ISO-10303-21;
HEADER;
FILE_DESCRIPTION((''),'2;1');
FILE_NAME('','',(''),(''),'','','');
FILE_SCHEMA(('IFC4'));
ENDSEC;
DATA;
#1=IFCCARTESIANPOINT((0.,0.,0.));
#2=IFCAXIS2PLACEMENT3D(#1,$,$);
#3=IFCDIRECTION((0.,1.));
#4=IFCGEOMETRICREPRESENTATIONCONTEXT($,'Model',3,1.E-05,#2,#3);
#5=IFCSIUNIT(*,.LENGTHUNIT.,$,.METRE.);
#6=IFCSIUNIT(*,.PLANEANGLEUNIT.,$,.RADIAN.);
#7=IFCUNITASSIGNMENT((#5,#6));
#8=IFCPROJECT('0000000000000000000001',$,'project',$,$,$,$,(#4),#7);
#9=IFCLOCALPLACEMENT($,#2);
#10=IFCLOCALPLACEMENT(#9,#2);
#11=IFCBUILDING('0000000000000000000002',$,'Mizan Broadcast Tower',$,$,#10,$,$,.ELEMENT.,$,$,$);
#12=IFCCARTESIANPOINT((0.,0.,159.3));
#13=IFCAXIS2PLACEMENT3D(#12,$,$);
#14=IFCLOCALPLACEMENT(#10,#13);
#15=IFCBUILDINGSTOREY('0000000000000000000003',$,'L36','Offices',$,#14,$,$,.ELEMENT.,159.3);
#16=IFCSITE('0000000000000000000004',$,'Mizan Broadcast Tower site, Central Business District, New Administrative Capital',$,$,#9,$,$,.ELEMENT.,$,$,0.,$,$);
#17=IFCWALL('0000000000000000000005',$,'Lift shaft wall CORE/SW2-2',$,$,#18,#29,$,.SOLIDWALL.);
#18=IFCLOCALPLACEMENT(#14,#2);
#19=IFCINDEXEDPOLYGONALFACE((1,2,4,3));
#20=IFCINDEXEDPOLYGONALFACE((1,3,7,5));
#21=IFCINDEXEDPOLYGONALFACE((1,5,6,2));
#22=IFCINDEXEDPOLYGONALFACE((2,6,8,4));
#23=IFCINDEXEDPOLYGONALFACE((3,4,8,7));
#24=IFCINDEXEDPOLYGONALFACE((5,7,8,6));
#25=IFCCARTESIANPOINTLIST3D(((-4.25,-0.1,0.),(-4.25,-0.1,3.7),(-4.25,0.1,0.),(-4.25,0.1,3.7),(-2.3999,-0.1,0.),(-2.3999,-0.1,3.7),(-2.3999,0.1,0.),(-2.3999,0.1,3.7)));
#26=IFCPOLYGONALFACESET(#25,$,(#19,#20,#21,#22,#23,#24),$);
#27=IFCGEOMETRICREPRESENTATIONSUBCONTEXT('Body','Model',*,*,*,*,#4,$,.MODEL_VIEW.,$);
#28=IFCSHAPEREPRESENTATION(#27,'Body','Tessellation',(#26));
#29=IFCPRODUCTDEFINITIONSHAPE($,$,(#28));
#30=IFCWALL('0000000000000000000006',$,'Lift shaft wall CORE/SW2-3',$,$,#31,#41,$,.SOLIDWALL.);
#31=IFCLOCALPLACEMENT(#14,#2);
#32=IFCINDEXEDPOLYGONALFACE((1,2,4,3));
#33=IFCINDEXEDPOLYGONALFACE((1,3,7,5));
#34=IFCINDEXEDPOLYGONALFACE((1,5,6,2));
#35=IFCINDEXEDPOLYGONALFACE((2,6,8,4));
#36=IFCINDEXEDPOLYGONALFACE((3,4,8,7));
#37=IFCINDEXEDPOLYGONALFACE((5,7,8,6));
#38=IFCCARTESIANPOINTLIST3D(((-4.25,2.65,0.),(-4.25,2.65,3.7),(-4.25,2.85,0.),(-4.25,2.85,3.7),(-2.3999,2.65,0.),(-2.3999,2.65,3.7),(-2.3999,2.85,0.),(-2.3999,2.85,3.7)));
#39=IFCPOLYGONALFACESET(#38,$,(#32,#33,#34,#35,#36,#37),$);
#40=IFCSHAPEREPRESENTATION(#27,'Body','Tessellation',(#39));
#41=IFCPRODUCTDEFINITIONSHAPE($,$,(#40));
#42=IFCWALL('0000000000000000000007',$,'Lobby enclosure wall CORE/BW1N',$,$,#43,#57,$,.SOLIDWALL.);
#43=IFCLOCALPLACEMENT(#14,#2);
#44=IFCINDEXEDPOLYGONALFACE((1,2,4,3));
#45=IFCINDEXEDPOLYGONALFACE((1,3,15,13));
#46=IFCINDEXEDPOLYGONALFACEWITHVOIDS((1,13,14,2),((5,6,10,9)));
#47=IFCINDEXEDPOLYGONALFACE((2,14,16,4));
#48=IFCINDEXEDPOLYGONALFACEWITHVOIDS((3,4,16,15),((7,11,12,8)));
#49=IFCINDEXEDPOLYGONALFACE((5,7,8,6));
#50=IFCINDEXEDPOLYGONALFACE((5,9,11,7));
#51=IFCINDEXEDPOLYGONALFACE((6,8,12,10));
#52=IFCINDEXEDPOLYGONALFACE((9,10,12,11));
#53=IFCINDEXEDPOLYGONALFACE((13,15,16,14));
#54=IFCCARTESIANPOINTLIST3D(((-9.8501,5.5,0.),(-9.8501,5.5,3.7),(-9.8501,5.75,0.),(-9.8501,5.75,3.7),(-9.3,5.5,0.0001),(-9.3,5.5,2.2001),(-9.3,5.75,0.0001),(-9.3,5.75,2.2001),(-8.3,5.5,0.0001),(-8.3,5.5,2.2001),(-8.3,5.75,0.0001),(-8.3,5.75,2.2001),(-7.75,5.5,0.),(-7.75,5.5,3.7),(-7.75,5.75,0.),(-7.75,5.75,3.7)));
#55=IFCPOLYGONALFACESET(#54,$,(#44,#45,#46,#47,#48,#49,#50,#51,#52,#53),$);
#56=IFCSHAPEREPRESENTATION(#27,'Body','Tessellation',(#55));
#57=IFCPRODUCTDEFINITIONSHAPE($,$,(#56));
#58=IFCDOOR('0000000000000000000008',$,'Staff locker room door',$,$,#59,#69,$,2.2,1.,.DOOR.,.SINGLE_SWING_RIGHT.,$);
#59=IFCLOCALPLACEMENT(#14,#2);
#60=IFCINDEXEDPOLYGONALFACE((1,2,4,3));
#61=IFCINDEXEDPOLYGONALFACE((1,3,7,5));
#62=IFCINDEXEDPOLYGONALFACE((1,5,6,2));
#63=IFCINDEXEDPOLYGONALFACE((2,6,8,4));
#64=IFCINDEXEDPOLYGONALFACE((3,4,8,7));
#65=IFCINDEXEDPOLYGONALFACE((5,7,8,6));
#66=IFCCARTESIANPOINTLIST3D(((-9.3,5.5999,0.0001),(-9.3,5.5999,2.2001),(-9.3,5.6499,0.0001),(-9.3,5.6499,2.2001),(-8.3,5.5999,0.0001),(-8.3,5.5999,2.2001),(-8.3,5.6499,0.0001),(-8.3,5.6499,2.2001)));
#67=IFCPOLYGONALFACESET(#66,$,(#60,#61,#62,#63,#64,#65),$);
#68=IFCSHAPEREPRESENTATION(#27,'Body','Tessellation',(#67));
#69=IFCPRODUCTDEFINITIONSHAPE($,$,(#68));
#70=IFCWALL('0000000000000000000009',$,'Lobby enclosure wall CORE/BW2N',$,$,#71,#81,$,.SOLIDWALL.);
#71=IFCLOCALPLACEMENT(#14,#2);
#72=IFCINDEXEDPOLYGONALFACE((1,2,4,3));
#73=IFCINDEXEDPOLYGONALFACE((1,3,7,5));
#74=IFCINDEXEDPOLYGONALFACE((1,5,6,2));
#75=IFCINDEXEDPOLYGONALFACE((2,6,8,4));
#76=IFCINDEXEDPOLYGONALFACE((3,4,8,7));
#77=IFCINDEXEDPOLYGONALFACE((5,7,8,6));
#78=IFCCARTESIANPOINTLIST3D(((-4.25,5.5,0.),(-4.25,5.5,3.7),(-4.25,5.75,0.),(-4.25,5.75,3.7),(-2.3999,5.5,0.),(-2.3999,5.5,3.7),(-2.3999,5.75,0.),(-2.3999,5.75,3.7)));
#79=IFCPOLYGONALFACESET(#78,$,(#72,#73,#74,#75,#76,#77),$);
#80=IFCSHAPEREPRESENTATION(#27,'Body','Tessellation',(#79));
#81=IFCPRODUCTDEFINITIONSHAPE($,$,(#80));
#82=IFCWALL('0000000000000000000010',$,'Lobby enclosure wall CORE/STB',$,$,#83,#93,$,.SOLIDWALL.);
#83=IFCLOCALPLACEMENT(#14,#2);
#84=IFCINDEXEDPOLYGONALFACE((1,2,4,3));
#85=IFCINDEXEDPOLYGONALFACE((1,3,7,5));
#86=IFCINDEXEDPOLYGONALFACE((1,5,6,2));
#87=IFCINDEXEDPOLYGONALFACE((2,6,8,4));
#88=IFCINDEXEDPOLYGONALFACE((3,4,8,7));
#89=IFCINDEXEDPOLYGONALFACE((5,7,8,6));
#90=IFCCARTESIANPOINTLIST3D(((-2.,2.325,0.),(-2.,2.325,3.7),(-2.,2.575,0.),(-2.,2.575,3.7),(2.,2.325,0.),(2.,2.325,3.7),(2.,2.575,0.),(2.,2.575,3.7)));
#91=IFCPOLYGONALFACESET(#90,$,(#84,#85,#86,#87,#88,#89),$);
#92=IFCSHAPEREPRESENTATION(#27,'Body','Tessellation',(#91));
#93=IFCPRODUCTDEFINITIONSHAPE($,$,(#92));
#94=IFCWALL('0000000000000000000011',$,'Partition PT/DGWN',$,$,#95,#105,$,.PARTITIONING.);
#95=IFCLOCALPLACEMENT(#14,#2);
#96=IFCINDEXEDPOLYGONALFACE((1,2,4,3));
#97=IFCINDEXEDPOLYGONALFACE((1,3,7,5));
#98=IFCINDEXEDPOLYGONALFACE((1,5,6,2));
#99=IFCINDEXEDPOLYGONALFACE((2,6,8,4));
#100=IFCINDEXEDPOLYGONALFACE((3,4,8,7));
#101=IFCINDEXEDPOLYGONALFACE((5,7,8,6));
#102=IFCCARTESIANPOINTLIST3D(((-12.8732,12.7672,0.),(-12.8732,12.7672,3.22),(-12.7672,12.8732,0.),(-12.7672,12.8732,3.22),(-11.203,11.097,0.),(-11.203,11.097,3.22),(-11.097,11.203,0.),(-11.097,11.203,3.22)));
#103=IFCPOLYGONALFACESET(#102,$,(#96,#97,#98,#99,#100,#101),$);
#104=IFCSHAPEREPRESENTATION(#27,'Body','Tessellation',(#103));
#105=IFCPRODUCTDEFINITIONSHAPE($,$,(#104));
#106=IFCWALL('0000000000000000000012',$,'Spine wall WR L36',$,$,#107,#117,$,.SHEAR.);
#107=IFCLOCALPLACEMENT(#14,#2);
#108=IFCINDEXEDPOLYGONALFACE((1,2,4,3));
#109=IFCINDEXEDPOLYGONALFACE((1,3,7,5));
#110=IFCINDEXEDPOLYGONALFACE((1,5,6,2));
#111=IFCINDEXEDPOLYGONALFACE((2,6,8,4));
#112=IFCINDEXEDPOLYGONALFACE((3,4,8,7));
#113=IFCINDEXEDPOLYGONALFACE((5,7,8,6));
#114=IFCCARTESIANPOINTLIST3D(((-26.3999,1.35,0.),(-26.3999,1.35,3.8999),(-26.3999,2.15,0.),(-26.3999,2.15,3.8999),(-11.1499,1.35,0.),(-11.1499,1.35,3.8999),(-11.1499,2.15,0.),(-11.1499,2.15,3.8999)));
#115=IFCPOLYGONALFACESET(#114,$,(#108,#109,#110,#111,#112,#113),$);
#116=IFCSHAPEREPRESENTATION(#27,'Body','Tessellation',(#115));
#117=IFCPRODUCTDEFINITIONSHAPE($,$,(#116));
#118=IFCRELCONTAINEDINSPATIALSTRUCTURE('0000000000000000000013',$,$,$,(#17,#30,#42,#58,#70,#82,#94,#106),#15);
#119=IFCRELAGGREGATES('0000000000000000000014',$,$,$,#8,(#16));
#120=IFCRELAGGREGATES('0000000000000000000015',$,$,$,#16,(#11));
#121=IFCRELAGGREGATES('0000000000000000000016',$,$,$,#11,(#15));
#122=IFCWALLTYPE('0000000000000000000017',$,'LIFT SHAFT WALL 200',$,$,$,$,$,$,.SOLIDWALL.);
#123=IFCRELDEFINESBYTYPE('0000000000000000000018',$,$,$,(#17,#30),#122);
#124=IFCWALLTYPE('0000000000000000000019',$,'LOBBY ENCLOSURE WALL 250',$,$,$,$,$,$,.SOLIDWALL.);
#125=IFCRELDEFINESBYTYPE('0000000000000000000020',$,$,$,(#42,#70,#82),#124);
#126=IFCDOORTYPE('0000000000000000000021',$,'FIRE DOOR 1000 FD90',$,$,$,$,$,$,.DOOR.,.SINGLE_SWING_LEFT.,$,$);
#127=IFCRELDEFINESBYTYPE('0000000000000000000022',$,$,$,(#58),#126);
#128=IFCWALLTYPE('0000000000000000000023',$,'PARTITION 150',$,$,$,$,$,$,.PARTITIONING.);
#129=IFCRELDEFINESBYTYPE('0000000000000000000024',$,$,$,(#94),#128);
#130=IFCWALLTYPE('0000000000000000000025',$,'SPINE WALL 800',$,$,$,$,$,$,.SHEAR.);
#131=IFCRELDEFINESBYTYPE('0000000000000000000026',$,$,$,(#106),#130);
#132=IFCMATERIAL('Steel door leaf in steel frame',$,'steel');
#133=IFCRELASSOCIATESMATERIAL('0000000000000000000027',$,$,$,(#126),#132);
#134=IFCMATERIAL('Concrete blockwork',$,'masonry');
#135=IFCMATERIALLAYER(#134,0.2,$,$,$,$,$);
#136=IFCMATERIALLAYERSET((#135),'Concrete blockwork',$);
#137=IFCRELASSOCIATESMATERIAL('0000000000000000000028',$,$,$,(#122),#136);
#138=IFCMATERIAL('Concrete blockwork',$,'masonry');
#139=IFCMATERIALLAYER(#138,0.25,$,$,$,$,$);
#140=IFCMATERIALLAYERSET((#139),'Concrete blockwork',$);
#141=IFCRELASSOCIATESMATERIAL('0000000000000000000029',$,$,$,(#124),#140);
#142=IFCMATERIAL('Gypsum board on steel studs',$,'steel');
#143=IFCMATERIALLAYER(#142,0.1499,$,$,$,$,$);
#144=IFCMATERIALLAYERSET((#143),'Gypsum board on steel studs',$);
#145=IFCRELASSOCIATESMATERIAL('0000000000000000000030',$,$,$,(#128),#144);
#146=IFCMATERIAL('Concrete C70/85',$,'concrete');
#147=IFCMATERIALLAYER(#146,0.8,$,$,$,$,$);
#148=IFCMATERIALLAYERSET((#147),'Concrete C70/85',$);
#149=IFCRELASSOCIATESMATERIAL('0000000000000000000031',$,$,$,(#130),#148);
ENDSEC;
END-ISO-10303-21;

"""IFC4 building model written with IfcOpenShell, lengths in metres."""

from ifc_helpers import new_model, si_unit, direction, frame, frame_2d, origin, place, context, subcontext, project, spatial, rectangle, extrude, material, layer, layer_set, type_object, element, fill, save


model = new_model("IFC4")

# Units and contexts
model_context = context("Model", 3, precision=1e-05, world=origin(), true_north=direction((0.0, 1.0)))
body_context = subcontext(model_context, "Body", "Model", "MODEL_VIEW")
ifc_project = project(units=[si_unit("LENGTHUNIT", "METRE"), si_unit("PLANEANGLEUNIT", "RADIAN")], contexts=[model_context])

# Site, building, storey
site_placement = place(None, origin())
site = spatial("IfcSite", under=ifc_project, at=site_placement, Name="Mizan Broadcast Tower site, Central Business District, New Administrative Capital", CompositionType="ELEMENT", RefElevation=0.0)
building_placement = place(site_placement, origin())
building = spatial("IfcBuilding", under=site, at=building_placement, Name="Mizan Broadcast Tower", CompositionType="ELEMENT")
storey_placement = place(building_placement, frame((0.0, 0.0, 159.3)))
storey = spatial("IfcBuildingStorey", under=building, at=storey_placement, Name="L36", Description="Offices", CompositionType="ELEMENT", Elevation=159.3)

# Shared definitions
ifc_material_1 = material(Name="Steel door leaf in steel frame", Category="steel")
door_type_1 = type_object("IfcDoorType", Name="FIRE DOOR 1000 FD90", OperationType="SINGLE_SWING_LEFT", PredefinedType="DOOR", material=ifc_material_1)

# Walls
ifc_material_2 = material(Name="Concrete blockwork", Category="masonry")
ifc_layer_1 = layer(ifc_material_2, 0.2)
ifc_layer_set_1 = layer_set([ifc_layer_1], Name="Concrete blockwork")
wall_type_1 = type_object("IfcWallType", Name="LIFT SHAFT WALL 200", PredefinedType="SOLIDWALL", material=ifc_layer_set_1)
for number, where, z_axis, x_axis, name in (
    (1, (-4.25, 0.0, 0.0), (0.0, 0.0, 1.0), (1.0, 0.0, 0.0), "Lift shaft wall CORE/SW2-2"),
    (2, (-4.25, 2.75, 0.0), (0.0, 0.0, 1.0), (1.0, 0.0, 0.0), "Lift shaft wall CORE/SW2-3"),
):
    element("IfcWall", number, at=place(storey_placement, frame(where, z_axis=z_axis, x_axis=x_axis)), inside=storey, type_object=wall_type_1, Name=name, PredefinedType="SOLIDWALL", context=body_context, shape_type="SweptSolid", body=[
        extrude(rectangle(XDim=1.8501, YDim=0.2, at=frame_2d((0.925, 0.0))), origin(), (0.0, 0.0, 1.0), 3.7),
    ])

# Wall, opening, door
ifc_material_3 = material(Name="Concrete blockwork", Category="masonry")
ifc_layer_2 = layer(ifc_material_3, 0.25)
ifc_layer_set_2 = layer_set([ifc_layer_2], Name="Concrete blockwork")
wall_type_2 = type_object("IfcWallType", Name="LOBBY ENCLOSURE WALL 250", PredefinedType="SOLIDWALL", material=ifc_layer_set_2)
wall_1_placement = place(storey_placement, frame((-9.8501, 5.625, 0.0), z_axis=(0.0, 0.0, 1.0), x_axis=(1.0, 0.0, 0.0)))
wall_1 = element("IfcWall", 3, at=wall_1_placement, inside=storey, type_object=wall_type_2, Name="Lobby enclosure wall CORE/BW1N", PredefinedType="SOLIDWALL", context=body_context, shape_type="SweptSolid", body=[
    extrude(rectangle(XDim=2.1001, YDim=0.25, at=frame_2d((1.05, 0.0))), origin(), (0.0, 0.0, 1.0), 3.7),
])
opening_1_placement = place(wall_1_placement, frame((0.55, 0.0, 0.0)))
opening_1 = element("IfcOpeningElement", 4, at=opening_1_placement, cuts=wall_1, PredefinedType="OPENING", context=body_context, shape_type="SweptSolid", body=[
    extrude(rectangle(XDim=1.0, YDim=2.2, at=frame_2d((0.5, 1.1001))), frame((0.0, 0.135, 0.0), z_axis=(0.0, -1.0, 0.0), x_axis=(1.0, 0.0, 0.0)), (0.0, 0.0, 1.0), 0.27),
])
door_1_placement = place(opening_1_placement, origin())
door_1 = element("IfcDoor", 5, at=door_1_placement, inside=storey, type_object=door_type_1, Name="Staff locker room door", OperationType="SINGLE_SWING_RIGHT", OverallHeight=2.2, OverallWidth=1.0, PredefinedType="DOOR", context=body_context, shape_type="SweptSolid", body=[
    extrude(rectangle(XDim=1.0, YDim=2.2, at=frame_2d((0.5, 1.1001))), frame((0.0, 0.0249, 0.0), z_axis=(0.0, -1.0, 0.0), x_axis=(1.0, 0.0, 0.0)), (0.0, 0.0, 1.0), 0.05),
])
fill(opening_1, door_1)

# Walls
wall_2_placement = place(storey_placement, frame((-4.25, 5.625, 0.0), z_axis=(0.0, 0.0, 1.0), x_axis=(1.0, 0.0, 0.0)))
element("IfcWall", 6, at=wall_2_placement, inside=storey, type_object=wall_type_2, Name="Lobby enclosure wall CORE/BW2N", PredefinedType="SOLIDWALL", context=body_context, shape_type="SweptSolid", body=[
    extrude(rectangle(XDim=1.8501, YDim=0.25, at=frame_2d((0.925, 0.0))), origin(), (0.0, 0.0, 1.0), 3.7),
])
wall_3_placement = place(storey_placement, frame((-2.0, 2.45, 0.0), z_axis=(0.0, 0.0, 1.0), x_axis=(1.0, 0.0, 0.0)))
element("IfcWall", 7, at=wall_3_placement, inside=storey, type_object=wall_type_2, Name="Lobby enclosure wall CORE/STB", PredefinedType="SOLIDWALL", context=body_context, shape_type="SweptSolid", body=[
    extrude(rectangle(XDim=4.0, YDim=0.25, at=frame_2d((2.0, 0.0))), origin(), (0.0, 0.0, 1.0), 3.7),
])
ifc_material_4 = material(Name="Gypsum board on steel studs", Category="steel")
ifc_layer_3 = layer(ifc_material_4, 0.1499)
ifc_layer_set_3 = layer_set([ifc_layer_3], Name="Gypsum board on steel studs")
wall_type_3 = type_object("IfcWallType", Name="PARTITION 150", PredefinedType="PARTITIONING", material=ifc_layer_set_3)
wall_4_placement = place(storey_placement, frame((-11.1499, 11.1499, 0.0), z_axis=(0.0, 0.0, 1.0), x_axis=(-0.707107, 0.707107, 0.0)))
element("IfcWall", 8, at=wall_4_placement, inside=storey, type_object=wall_type_3, Name="Partition PT/DGWN", PredefinedType="PARTITIONING", context=body_context, shape_type="SweptSolid", body=[
    extrude(rectangle(XDim=2.3621, YDim=0.1499, at=frame_2d((1.1812, 0.0))), origin(), (0.0, 0.0, 1.0), 3.22),
])
ifc_material_5 = material(Name="Concrete C70/85", Category="concrete")
ifc_layer_4 = layer(ifc_material_5, 0.8)
ifc_layer_set_4 = layer_set([ifc_layer_4], Name="Concrete C70/85")
wall_type_4 = type_object("IfcWallType", Name="SPINE WALL 800", PredefinedType="SHEAR", material=ifc_layer_set_4)
wall_5_placement = place(storey_placement, frame((-11.1499, 1.75, 0.0), z_axis=(0.0, 0.0, 1.0), x_axis=(-1.0, 0.0, 0.0)))
element("IfcWall", 9, at=wall_5_placement, inside=storey, type_object=wall_type_4, Name="Spine wall WR L36", PredefinedType="SHEAR", context=body_context, shape_type="SweptSolid", body=[
    extrude(rectangle(XDim=15.25, YDim=0.8, at=frame_2d((7.625, 0.0))), origin(), (0.0, 0.0, 1.0), 3.8999),
])

save(model, "model.ifc")
